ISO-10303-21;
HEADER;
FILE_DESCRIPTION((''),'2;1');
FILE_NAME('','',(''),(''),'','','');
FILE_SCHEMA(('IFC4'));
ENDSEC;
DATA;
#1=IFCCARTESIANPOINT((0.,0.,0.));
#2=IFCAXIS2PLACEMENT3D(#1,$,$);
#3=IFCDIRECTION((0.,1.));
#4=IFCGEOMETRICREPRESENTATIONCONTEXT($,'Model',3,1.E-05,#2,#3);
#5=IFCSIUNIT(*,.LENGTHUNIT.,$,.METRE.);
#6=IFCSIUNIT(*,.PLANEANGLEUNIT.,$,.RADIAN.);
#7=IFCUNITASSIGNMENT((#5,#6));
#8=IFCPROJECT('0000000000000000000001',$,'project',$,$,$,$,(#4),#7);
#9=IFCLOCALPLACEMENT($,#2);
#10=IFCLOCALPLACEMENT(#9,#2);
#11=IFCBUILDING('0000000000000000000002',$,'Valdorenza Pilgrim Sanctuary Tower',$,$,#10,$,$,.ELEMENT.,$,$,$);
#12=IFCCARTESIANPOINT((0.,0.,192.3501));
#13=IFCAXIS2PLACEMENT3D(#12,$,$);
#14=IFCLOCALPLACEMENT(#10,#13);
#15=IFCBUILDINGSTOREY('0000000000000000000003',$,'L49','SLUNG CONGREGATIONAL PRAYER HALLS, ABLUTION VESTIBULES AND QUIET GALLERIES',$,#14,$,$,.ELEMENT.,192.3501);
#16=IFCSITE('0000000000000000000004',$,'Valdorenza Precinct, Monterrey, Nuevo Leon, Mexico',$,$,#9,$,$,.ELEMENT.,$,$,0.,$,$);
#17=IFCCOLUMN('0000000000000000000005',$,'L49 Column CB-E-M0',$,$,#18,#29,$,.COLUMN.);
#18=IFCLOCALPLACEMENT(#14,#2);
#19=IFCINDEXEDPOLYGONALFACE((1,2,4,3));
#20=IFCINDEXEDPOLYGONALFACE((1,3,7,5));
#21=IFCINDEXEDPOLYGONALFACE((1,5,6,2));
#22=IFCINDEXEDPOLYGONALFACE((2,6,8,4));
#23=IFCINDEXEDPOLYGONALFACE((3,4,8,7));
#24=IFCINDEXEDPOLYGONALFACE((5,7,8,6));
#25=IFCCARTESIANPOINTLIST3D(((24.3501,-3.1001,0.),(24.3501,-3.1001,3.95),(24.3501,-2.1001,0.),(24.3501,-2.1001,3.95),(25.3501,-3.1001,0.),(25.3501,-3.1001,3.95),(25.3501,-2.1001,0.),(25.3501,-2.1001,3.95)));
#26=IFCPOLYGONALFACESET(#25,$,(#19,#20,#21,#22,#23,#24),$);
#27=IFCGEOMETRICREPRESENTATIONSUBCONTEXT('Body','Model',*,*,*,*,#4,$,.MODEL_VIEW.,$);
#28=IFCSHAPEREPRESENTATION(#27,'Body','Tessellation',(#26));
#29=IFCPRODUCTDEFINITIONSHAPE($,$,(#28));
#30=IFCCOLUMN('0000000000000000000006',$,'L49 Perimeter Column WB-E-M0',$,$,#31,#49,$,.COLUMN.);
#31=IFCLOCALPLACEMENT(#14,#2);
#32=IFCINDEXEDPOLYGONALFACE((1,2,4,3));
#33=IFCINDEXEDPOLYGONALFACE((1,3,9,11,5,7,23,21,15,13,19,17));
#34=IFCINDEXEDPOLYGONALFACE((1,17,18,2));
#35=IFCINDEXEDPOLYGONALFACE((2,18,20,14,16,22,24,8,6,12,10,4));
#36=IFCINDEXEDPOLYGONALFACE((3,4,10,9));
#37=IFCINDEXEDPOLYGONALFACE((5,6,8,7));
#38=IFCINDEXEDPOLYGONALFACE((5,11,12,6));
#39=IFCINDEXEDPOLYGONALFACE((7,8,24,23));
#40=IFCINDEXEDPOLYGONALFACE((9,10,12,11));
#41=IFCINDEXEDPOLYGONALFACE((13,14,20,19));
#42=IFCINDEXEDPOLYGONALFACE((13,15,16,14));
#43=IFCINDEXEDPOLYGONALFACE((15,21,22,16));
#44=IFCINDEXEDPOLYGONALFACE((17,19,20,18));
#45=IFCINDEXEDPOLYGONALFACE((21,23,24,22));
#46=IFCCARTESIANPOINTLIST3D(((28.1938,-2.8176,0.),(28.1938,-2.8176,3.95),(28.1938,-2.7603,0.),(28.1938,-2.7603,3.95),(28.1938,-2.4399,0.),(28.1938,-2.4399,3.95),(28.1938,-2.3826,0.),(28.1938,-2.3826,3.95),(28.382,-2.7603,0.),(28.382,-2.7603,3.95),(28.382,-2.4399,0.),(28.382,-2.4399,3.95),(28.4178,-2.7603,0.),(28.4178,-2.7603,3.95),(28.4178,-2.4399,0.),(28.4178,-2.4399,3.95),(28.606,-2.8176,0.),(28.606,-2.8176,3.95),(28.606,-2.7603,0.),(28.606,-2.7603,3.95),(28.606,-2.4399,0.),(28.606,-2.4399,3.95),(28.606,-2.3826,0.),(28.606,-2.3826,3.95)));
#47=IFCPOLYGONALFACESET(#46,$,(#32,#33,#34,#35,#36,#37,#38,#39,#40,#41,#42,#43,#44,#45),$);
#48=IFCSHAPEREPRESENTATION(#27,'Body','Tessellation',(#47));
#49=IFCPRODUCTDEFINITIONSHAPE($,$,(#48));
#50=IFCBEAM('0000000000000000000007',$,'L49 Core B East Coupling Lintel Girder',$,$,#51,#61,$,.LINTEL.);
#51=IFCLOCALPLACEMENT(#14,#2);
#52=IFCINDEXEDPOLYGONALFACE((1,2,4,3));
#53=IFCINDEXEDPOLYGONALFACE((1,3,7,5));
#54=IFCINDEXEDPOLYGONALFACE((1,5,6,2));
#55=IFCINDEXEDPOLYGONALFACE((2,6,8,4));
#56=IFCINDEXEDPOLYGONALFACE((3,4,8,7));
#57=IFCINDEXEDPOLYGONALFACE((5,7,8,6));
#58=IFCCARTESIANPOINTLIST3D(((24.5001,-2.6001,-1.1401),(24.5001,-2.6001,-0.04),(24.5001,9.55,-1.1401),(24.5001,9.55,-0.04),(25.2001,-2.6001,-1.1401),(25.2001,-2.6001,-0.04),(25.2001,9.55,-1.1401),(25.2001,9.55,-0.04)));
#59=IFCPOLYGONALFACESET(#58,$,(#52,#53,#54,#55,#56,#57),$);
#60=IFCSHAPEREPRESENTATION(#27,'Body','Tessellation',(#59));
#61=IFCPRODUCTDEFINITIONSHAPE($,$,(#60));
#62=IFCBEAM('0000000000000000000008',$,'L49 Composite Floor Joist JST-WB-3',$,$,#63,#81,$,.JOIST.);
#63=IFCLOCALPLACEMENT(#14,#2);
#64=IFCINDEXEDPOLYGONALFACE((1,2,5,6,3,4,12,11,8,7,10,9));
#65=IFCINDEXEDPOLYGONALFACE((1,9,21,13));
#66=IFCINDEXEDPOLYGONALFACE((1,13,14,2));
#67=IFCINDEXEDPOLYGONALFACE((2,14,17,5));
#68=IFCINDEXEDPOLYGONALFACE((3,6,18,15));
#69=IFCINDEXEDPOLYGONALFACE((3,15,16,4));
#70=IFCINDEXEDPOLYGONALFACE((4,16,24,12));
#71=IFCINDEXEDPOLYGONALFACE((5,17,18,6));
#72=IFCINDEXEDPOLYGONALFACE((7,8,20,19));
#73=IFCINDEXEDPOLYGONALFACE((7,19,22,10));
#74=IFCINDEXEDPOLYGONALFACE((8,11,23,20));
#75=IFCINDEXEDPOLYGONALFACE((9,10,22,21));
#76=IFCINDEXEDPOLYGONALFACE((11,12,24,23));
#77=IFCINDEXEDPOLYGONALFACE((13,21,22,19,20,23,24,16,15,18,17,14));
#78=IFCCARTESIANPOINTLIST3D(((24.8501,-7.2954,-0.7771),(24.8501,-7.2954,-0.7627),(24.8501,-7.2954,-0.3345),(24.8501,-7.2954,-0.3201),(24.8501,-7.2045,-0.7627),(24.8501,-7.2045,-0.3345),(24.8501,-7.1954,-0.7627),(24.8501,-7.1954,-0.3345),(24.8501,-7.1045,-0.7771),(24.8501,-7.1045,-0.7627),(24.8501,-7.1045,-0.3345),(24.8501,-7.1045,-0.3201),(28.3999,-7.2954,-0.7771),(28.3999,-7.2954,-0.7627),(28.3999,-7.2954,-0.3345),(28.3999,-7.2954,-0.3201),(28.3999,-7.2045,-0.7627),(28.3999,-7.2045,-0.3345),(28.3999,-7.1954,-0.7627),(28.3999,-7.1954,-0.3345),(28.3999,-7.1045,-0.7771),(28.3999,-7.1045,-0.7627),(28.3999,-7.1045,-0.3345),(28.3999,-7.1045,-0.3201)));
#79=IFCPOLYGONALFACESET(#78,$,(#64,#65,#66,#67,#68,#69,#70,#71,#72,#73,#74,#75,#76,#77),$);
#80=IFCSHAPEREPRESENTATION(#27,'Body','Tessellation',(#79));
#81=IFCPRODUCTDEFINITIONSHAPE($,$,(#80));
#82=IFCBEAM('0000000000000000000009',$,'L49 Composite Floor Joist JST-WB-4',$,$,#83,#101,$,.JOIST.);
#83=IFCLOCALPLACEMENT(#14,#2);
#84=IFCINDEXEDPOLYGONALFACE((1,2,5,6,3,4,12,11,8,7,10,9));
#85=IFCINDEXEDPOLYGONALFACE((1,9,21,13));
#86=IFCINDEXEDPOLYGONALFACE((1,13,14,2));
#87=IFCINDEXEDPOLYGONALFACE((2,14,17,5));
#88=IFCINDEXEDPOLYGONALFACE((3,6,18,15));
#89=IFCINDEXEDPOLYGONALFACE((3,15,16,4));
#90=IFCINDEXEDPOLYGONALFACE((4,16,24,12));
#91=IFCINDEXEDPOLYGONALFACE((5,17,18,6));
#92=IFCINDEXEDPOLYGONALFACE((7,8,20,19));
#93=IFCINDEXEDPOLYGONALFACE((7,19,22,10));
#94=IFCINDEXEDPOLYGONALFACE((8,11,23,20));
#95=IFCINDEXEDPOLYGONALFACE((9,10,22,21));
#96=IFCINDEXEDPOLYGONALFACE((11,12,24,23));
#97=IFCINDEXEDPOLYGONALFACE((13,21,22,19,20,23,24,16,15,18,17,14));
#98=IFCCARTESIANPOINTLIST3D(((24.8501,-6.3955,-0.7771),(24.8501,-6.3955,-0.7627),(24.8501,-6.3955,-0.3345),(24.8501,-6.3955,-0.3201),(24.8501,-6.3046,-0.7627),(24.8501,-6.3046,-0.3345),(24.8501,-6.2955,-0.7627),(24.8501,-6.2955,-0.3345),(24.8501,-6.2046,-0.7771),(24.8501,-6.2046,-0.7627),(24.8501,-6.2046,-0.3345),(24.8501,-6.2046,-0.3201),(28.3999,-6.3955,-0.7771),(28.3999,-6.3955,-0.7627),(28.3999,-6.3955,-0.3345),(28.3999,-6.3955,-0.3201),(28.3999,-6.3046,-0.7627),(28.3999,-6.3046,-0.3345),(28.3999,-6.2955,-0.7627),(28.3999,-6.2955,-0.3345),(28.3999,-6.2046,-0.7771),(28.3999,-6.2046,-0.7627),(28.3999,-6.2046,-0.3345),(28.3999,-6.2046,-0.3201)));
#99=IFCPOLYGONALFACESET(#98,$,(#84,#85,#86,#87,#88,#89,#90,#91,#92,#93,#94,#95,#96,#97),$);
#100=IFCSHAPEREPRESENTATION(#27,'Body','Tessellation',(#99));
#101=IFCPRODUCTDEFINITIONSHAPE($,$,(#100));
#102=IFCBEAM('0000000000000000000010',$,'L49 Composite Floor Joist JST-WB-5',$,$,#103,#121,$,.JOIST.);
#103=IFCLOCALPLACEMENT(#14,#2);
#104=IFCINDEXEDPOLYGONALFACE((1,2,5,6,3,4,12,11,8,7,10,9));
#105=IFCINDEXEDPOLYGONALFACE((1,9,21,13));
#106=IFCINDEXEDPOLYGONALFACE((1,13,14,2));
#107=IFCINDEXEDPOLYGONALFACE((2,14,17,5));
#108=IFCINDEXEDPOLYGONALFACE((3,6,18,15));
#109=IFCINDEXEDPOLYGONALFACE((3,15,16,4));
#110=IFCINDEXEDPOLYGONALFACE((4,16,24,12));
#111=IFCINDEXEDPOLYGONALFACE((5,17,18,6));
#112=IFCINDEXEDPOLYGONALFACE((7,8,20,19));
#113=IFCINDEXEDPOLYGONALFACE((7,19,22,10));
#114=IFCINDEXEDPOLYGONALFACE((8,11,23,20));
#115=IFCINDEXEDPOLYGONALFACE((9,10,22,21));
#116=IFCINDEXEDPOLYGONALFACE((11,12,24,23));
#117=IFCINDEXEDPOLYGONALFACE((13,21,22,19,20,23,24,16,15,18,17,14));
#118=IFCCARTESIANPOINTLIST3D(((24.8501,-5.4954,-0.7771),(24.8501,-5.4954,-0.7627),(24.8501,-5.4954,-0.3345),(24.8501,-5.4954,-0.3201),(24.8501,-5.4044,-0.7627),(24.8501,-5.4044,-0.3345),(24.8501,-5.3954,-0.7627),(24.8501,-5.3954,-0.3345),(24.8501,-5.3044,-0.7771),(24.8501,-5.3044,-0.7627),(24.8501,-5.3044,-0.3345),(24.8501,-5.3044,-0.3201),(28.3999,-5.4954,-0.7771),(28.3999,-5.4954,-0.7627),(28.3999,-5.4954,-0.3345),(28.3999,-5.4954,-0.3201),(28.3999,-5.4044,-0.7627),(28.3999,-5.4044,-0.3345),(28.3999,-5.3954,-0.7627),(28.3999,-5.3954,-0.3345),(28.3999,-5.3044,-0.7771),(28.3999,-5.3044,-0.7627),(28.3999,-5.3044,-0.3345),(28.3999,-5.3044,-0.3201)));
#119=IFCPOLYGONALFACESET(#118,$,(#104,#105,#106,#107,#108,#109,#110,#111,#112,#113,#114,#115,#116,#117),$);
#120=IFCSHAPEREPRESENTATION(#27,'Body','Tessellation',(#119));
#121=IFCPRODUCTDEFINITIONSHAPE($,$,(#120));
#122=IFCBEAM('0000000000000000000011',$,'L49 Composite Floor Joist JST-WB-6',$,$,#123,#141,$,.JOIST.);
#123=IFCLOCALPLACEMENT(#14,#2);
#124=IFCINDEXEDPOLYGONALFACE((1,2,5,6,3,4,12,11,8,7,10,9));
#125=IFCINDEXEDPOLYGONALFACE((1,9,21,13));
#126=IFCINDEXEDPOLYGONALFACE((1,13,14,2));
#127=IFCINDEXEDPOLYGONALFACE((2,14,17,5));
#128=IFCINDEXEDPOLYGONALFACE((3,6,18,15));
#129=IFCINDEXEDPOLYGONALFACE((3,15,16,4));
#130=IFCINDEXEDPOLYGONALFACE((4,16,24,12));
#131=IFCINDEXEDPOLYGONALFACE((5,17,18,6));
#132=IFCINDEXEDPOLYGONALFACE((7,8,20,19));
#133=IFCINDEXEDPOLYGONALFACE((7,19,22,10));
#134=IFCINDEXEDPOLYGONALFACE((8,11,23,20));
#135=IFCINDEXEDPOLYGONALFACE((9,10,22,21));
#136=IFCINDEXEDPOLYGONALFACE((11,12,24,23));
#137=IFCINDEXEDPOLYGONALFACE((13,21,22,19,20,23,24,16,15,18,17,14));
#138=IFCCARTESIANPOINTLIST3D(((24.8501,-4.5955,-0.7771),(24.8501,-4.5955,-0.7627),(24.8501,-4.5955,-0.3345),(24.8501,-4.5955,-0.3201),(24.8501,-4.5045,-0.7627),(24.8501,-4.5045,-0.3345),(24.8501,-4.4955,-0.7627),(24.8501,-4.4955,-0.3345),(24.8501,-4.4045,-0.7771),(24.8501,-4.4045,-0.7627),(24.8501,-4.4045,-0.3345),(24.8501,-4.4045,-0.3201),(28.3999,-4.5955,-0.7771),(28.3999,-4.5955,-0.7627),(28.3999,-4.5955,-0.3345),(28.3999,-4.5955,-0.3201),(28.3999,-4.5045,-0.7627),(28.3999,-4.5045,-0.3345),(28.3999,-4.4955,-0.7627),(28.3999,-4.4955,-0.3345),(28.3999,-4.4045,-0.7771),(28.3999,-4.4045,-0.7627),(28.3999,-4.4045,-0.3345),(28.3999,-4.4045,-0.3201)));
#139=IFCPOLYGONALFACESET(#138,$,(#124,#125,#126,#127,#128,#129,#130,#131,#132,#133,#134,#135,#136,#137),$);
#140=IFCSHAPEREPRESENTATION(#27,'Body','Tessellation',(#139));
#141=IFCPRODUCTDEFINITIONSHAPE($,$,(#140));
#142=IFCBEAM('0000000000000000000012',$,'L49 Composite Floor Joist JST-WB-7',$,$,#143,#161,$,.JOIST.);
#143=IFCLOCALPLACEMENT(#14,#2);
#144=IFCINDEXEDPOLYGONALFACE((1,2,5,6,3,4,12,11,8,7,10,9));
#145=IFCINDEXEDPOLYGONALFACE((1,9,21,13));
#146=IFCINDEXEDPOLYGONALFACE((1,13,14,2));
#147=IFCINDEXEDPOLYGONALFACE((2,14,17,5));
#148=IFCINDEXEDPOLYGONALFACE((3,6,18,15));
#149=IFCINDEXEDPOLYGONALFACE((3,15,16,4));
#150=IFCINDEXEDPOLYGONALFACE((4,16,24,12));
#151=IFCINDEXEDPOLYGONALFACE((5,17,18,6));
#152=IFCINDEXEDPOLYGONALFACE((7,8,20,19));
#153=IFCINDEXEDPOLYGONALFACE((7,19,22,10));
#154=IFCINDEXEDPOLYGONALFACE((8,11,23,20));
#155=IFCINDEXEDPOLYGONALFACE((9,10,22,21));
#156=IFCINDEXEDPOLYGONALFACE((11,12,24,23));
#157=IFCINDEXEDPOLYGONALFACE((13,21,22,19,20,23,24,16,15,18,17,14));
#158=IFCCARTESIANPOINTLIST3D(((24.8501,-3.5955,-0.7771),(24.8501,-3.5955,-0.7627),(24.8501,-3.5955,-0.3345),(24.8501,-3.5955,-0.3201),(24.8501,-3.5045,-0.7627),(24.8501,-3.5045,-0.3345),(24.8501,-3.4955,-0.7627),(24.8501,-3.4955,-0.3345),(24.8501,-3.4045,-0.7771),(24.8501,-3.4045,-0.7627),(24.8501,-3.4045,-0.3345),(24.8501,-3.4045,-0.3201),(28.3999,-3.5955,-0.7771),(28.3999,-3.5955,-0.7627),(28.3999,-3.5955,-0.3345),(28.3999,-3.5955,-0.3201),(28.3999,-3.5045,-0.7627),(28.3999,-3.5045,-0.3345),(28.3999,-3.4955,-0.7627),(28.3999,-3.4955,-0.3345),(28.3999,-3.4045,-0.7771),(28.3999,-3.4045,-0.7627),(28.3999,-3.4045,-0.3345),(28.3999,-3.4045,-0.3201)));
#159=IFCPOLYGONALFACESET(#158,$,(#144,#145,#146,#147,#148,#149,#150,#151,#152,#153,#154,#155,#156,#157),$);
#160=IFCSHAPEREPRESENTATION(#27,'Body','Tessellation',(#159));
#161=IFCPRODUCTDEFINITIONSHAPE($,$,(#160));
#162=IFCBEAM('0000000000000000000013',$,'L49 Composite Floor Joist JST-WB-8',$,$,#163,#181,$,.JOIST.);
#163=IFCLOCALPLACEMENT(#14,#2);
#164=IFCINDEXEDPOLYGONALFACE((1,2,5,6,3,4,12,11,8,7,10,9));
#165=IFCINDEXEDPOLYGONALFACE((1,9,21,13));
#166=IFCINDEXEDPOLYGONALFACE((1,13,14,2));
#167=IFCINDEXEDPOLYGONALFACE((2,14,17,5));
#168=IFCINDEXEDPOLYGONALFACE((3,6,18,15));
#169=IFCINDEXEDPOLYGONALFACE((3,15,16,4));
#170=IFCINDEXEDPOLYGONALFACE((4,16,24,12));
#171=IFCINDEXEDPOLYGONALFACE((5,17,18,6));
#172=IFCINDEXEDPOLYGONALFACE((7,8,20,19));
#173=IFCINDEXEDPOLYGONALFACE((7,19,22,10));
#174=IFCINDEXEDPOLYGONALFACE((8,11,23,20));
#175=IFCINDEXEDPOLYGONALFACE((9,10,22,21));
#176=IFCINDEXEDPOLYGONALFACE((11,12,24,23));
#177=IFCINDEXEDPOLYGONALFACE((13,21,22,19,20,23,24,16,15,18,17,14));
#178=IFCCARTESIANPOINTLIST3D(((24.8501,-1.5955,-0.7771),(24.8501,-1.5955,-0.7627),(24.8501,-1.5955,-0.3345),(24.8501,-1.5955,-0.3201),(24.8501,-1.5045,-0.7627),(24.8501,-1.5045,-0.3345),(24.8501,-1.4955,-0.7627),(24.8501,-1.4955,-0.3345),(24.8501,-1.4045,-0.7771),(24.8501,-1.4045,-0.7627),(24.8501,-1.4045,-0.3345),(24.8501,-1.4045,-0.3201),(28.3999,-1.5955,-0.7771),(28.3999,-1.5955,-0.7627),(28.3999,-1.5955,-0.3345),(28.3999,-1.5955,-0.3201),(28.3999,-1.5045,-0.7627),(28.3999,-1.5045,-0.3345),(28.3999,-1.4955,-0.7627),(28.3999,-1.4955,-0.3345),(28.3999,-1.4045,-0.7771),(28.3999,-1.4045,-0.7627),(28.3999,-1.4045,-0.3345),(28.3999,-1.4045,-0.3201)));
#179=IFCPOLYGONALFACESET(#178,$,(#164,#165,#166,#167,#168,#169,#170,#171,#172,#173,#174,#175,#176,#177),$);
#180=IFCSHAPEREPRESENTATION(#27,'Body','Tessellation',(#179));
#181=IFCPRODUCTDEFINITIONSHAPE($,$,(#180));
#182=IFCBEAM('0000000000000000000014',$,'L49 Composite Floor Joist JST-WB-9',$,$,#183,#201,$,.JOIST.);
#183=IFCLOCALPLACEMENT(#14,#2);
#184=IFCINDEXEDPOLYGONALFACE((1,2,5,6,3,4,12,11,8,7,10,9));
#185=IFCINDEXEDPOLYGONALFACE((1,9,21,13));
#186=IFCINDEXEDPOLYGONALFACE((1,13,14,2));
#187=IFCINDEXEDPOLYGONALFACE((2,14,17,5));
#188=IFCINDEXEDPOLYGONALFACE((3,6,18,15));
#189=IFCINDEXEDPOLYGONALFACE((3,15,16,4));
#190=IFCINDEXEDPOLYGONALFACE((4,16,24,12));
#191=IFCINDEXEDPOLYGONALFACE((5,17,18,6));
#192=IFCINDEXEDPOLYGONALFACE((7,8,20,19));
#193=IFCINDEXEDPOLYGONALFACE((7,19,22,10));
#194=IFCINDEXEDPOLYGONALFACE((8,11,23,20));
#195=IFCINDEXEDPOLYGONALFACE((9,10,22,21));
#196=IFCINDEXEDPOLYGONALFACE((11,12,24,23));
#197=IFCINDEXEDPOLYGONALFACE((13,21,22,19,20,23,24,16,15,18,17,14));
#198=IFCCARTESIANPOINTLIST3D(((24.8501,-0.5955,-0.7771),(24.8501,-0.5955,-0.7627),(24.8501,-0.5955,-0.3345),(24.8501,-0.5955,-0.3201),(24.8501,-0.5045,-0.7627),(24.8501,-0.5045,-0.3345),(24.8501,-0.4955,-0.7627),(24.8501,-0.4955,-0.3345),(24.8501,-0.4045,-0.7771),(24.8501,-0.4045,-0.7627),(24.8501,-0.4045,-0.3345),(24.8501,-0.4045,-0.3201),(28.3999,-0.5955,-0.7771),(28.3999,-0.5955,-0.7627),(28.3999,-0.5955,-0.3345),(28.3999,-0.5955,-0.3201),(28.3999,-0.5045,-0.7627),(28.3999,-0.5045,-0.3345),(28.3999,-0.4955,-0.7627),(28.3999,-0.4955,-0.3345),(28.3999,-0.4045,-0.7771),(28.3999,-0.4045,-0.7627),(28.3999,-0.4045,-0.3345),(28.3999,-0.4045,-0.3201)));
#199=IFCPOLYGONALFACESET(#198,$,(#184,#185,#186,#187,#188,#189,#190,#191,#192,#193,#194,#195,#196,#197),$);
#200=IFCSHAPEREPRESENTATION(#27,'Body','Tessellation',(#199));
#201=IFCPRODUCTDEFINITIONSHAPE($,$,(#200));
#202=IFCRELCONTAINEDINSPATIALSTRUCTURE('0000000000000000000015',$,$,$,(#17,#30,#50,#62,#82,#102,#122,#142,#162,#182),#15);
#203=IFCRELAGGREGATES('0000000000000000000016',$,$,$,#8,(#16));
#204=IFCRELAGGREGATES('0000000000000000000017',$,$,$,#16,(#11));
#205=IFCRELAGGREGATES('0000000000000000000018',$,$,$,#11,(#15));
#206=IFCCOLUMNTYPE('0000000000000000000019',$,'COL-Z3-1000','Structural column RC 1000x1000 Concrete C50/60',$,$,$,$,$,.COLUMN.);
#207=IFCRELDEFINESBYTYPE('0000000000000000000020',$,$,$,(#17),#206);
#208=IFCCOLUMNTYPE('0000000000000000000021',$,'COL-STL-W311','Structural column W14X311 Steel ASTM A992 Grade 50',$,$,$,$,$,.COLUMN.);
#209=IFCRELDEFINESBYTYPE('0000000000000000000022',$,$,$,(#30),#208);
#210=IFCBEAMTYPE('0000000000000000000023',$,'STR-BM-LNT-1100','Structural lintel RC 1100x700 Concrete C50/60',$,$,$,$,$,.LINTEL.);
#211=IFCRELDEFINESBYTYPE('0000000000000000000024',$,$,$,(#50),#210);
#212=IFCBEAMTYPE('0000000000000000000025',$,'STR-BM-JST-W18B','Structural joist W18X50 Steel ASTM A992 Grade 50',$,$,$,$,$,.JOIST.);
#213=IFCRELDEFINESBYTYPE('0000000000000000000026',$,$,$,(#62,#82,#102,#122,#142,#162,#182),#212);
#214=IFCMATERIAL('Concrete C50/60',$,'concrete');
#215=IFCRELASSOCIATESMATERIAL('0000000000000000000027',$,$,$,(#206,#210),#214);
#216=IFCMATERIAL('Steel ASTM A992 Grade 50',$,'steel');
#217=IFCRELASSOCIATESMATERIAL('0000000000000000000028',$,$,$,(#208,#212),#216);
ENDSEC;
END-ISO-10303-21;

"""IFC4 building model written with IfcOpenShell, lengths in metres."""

from ifc_helpers import new_model, si_unit, direction, frame, origin, origin_2d, place, context, subcontext, project, spatial, rectangle, i_section, extrude, source, transform, mapped, material, material_profile, profile_set, type_object, element, save


model = new_model("IFC4")

# Units and contexts
model_context = context("Model", 3, precision=1e-05, world=origin(), true_north=direction((0.0, 1.0)))
body_context = subcontext(model_context, "Body", "Model", "MODEL_VIEW")
ifc_project = project(units=[si_unit("LENGTHUNIT", "METRE"), si_unit("PLANEANGLEUNIT", "RADIAN")], contexts=[model_context])

# Site, building, storey
site_placement = place(None, origin())
site = spatial("IfcSite", under=ifc_project, at=site_placement, Name="Valdorenza Precinct, Monterrey, Nuevo Leon, Mexico", CompositionType="ELEMENT", RefElevation=0.0)
building_placement = place(site_placement, origin())
building = spatial("IfcBuilding", under=site, at=building_placement, Name="Valdorenza Pilgrim Sanctuary Tower", CompositionType="ELEMENT")
storey_placement = place(building_placement, frame((0.0, 0.0, 192.3501)))
storey = spatial("IfcBuildingStorey", under=building, at=storey_placement, Name="L49", Description="SLUNG CONGREGATIONAL PRAYER HALLS, ABLUTION VESTIBULES AND QUIET GALLERIES", CompositionType="ELEMENT", Elevation=192.3501)

# Columns
ifc_material_1 = material(Name="Concrete C50/60", Category="concrete")
ifc_material_profile_1 = material_profile(ifc_material_1, rectangle(XDim=1.0, YDim=1.0, at=origin_2d()), Name="RC 1000x1000")
ifc_profile_set_1 = profile_set([ifc_material_profile_1], Name="Concrete C50/60")
column_type_1 = type_object("IfcColumnType", Name="COL-Z3-1000", Description="Structural column RC 1000x1000 Concrete C50/60", PredefinedType="COLUMN", material=ifc_profile_set_1)
shared_shape_1 = source(origin(), body_context, "Body", "SweptSolid", [
    extrude(rectangle(XDim=1.0, YDim=1.0, at=origin_2d()), origin(), (0.0, 0.0, 1.0), 3.95),
])
column_1_placement = place(storey_placement, frame((24.8501, -2.6001, 0.0), z_axis=(0.0, 0.0, 1.0), x_axis=(1.0, 0.0, 0.0)))
element("IfcColumn", 1, at=column_1_placement, inside=storey, type_object=column_type_1, Name="L49 Column CB-E-M0", PredefinedType="COLUMN", context=body_context, shape_type="MappedRepresentation", body=[
    mapped(shared_shape_1, transform((0.0, 0.0, 0.0), x_axis=(1.0, 0.0, 0.0), y_axis=(0.0, 1.0, 0.0), z_axis=(0.0, 0.0, 1.0), scale=1.0)),
])
ifc_material_2 = material(Name="Steel ASTM A992 Grade 50", Category="steel")
ifc_material_profile_2 = material_profile(ifc_material_2, i_section(OverallWidth=0.4121, OverallDepth=0.4351, WebThickness=0.0359, FlangeThickness=0.0574, at=origin_2d()), Name="W14X311")
ifc_profile_set_2 = profile_set([ifc_material_profile_2], Name="Steel ASTM A992 Grade 50")
column_type_2 = type_object("IfcColumnType", Name="COL-STL-W311", Description="Structural column W14X311 Steel ASTM A992 Grade 50", PredefinedType="COLUMN", material=ifc_profile_set_2)
shared_shape_2 = source(origin(), body_context, "Body", "SweptSolid", [
    extrude(i_section(OverallWidth=0.4121, OverallDepth=0.4351, WebThickness=0.0359, FlangeThickness=0.0574, at=origin_2d()), origin(), (0.0, 0.0, 1.0), 3.95),
])
column_2_placement = place(storey_placement, frame((28.3999, -2.6001, 0.0), z_axis=(0.0, 0.0, 1.0), x_axis=(1.0, 0.0, 0.0)))
element("IfcColumn", 2, at=column_2_placement, inside=storey, type_object=column_type_2, Name="L49 Perimeter Column WB-E-M0", PredefinedType="COLUMN", context=body_context, shape_type="MappedRepresentation", body=[
    mapped(shared_shape_2, transform((0.0, 0.0, 0.0), x_axis=(1.0, 0.0, 0.0), y_axis=(0.0, 1.0, 0.0), z_axis=(0.0, 0.0, 1.0), scale=1.0)),
])

# Beams
ifc_material_profile_3 = material_profile(ifc_material_1, rectangle(XDim=0.7, YDim=1.1001, at=origin_2d()), Name="RC 1100x700")
ifc_profile_set_3 = profile_set([ifc_material_profile_3], Name="Concrete C50/60")
beam_type_1 = type_object("IfcBeamType", Name="STR-BM-LNT-1100", Description="Structural lintel RC 1100x700 Concrete C50/60", PredefinedType="LINTEL", material=ifc_profile_set_3)
shared_shape_3 = source(origin(), body_context, "Body", "SweptSolid", [
    extrude(rectangle(XDim=0.7, YDim=1.1001, at=origin_2d()), origin(), (0.0, 0.0, 1.0), 12.1501),
])
beam_1_placement = place(storey_placement, frame((24.8501, -2.6001, -0.5901), z_axis=(0.0, 1.0, 0.0), x_axis=(-1.0, 0.0, 0.0)))
element("IfcBeam", 3, at=beam_1_placement, inside=storey, type_object=beam_type_1, Name="L49 Core B East Coupling Lintel Girder", PredefinedType="LINTEL", context=body_context, shape_type="MappedRepresentation", body=[
    mapped(shared_shape_3, transform((0.0, 0.0, 0.0), x_axis=(1.0, 0.0, 0.0), y_axis=(0.0, 1.0, 0.0), z_axis=(0.0, 0.0, 1.0), scale=1.0)),
])
ifc_material_profile_4 = material_profile(ifc_material_2, i_section(OverallWidth=0.1909, OverallDepth=0.457, WebThickness=0.009, FlangeThickness=0.0144, at=origin_2d()), Name="W18X50")
ifc_profile_set_4 = profile_set([ifc_material_profile_4], Name="Steel ASTM A992 Grade 50")
beam_type_2 = type_object("IfcBeamType", Name="STR-BM-JST-W18B", Description="Structural joist W18X50 Steel ASTM A992 Grade 50", PredefinedType="JOIST", material=ifc_profile_set_4)
shared_shape_4 = source(origin(), body_context, "Body", "SweptSolid", [
    extrude(i_section(OverallWidth=0.1909, OverallDepth=0.457, WebThickness=0.009, FlangeThickness=0.0144, at=origin_2d()), origin(), (0.0, 0.0, 1.0), 3.5498),
])
for number, where, z_axis, x_axis, name in (
    (4, (24.8501, -7.2, -0.5486), (1.0, 0.0, 0.0), (0.0, 1.0, 0.0), "L49 Composite Floor Joist JST-WB-3"),
    (5, (24.8501, -6.3, -0.5486), (1.0, 0.0, 0.0), (0.0, 1.0, 0.0), "L49 Composite Floor Joist JST-WB-4"),
    (6, (24.8501, -5.3999, -0.5486), (1.0, 0.0, 0.0), (0.0, 1.0, 0.0), "L49 Composite Floor Joist JST-WB-5"),
    (7, (24.8501, -4.5, -0.5486), (1.0, 0.0, 0.0), (0.0, 1.0, 0.0), "L49 Composite Floor Joist JST-WB-6"),
    (8, (24.8501, -3.5, -0.5486), (1.0, 0.0, 0.0), (0.0, 1.0, 0.0), "L49 Composite Floor Joist JST-WB-7"),
    (9, (24.8501, -1.5, -0.5486), (1.0, 0.0, 0.0), (0.0, 1.0, 0.0), "L49 Composite Floor Joist JST-WB-8"),
    (10, (24.8501, -0.5, -0.5486), (1.0, 0.0, 0.0), (0.0, 1.0, 0.0), "L49 Composite Floor Joist JST-WB-9"),
):
    element("IfcBeam", number, at=place(storey_placement, frame(where, z_axis=z_axis, x_axis=x_axis)), inside=storey, type_object=beam_type_2, Name=name, PredefinedType="JOIST", context=body_context, shape_type="MappedRepresentation", body=[
        mapped(shared_shape_4, transform((0.0, 0.0, 0.0), x_axis=(1.0, 0.0, 0.0), y_axis=(0.0, 1.0, 0.0), z_axis=(0.0, 0.0, 1.0), scale=1.0)),
    ])

save(model, "model.ifc")
